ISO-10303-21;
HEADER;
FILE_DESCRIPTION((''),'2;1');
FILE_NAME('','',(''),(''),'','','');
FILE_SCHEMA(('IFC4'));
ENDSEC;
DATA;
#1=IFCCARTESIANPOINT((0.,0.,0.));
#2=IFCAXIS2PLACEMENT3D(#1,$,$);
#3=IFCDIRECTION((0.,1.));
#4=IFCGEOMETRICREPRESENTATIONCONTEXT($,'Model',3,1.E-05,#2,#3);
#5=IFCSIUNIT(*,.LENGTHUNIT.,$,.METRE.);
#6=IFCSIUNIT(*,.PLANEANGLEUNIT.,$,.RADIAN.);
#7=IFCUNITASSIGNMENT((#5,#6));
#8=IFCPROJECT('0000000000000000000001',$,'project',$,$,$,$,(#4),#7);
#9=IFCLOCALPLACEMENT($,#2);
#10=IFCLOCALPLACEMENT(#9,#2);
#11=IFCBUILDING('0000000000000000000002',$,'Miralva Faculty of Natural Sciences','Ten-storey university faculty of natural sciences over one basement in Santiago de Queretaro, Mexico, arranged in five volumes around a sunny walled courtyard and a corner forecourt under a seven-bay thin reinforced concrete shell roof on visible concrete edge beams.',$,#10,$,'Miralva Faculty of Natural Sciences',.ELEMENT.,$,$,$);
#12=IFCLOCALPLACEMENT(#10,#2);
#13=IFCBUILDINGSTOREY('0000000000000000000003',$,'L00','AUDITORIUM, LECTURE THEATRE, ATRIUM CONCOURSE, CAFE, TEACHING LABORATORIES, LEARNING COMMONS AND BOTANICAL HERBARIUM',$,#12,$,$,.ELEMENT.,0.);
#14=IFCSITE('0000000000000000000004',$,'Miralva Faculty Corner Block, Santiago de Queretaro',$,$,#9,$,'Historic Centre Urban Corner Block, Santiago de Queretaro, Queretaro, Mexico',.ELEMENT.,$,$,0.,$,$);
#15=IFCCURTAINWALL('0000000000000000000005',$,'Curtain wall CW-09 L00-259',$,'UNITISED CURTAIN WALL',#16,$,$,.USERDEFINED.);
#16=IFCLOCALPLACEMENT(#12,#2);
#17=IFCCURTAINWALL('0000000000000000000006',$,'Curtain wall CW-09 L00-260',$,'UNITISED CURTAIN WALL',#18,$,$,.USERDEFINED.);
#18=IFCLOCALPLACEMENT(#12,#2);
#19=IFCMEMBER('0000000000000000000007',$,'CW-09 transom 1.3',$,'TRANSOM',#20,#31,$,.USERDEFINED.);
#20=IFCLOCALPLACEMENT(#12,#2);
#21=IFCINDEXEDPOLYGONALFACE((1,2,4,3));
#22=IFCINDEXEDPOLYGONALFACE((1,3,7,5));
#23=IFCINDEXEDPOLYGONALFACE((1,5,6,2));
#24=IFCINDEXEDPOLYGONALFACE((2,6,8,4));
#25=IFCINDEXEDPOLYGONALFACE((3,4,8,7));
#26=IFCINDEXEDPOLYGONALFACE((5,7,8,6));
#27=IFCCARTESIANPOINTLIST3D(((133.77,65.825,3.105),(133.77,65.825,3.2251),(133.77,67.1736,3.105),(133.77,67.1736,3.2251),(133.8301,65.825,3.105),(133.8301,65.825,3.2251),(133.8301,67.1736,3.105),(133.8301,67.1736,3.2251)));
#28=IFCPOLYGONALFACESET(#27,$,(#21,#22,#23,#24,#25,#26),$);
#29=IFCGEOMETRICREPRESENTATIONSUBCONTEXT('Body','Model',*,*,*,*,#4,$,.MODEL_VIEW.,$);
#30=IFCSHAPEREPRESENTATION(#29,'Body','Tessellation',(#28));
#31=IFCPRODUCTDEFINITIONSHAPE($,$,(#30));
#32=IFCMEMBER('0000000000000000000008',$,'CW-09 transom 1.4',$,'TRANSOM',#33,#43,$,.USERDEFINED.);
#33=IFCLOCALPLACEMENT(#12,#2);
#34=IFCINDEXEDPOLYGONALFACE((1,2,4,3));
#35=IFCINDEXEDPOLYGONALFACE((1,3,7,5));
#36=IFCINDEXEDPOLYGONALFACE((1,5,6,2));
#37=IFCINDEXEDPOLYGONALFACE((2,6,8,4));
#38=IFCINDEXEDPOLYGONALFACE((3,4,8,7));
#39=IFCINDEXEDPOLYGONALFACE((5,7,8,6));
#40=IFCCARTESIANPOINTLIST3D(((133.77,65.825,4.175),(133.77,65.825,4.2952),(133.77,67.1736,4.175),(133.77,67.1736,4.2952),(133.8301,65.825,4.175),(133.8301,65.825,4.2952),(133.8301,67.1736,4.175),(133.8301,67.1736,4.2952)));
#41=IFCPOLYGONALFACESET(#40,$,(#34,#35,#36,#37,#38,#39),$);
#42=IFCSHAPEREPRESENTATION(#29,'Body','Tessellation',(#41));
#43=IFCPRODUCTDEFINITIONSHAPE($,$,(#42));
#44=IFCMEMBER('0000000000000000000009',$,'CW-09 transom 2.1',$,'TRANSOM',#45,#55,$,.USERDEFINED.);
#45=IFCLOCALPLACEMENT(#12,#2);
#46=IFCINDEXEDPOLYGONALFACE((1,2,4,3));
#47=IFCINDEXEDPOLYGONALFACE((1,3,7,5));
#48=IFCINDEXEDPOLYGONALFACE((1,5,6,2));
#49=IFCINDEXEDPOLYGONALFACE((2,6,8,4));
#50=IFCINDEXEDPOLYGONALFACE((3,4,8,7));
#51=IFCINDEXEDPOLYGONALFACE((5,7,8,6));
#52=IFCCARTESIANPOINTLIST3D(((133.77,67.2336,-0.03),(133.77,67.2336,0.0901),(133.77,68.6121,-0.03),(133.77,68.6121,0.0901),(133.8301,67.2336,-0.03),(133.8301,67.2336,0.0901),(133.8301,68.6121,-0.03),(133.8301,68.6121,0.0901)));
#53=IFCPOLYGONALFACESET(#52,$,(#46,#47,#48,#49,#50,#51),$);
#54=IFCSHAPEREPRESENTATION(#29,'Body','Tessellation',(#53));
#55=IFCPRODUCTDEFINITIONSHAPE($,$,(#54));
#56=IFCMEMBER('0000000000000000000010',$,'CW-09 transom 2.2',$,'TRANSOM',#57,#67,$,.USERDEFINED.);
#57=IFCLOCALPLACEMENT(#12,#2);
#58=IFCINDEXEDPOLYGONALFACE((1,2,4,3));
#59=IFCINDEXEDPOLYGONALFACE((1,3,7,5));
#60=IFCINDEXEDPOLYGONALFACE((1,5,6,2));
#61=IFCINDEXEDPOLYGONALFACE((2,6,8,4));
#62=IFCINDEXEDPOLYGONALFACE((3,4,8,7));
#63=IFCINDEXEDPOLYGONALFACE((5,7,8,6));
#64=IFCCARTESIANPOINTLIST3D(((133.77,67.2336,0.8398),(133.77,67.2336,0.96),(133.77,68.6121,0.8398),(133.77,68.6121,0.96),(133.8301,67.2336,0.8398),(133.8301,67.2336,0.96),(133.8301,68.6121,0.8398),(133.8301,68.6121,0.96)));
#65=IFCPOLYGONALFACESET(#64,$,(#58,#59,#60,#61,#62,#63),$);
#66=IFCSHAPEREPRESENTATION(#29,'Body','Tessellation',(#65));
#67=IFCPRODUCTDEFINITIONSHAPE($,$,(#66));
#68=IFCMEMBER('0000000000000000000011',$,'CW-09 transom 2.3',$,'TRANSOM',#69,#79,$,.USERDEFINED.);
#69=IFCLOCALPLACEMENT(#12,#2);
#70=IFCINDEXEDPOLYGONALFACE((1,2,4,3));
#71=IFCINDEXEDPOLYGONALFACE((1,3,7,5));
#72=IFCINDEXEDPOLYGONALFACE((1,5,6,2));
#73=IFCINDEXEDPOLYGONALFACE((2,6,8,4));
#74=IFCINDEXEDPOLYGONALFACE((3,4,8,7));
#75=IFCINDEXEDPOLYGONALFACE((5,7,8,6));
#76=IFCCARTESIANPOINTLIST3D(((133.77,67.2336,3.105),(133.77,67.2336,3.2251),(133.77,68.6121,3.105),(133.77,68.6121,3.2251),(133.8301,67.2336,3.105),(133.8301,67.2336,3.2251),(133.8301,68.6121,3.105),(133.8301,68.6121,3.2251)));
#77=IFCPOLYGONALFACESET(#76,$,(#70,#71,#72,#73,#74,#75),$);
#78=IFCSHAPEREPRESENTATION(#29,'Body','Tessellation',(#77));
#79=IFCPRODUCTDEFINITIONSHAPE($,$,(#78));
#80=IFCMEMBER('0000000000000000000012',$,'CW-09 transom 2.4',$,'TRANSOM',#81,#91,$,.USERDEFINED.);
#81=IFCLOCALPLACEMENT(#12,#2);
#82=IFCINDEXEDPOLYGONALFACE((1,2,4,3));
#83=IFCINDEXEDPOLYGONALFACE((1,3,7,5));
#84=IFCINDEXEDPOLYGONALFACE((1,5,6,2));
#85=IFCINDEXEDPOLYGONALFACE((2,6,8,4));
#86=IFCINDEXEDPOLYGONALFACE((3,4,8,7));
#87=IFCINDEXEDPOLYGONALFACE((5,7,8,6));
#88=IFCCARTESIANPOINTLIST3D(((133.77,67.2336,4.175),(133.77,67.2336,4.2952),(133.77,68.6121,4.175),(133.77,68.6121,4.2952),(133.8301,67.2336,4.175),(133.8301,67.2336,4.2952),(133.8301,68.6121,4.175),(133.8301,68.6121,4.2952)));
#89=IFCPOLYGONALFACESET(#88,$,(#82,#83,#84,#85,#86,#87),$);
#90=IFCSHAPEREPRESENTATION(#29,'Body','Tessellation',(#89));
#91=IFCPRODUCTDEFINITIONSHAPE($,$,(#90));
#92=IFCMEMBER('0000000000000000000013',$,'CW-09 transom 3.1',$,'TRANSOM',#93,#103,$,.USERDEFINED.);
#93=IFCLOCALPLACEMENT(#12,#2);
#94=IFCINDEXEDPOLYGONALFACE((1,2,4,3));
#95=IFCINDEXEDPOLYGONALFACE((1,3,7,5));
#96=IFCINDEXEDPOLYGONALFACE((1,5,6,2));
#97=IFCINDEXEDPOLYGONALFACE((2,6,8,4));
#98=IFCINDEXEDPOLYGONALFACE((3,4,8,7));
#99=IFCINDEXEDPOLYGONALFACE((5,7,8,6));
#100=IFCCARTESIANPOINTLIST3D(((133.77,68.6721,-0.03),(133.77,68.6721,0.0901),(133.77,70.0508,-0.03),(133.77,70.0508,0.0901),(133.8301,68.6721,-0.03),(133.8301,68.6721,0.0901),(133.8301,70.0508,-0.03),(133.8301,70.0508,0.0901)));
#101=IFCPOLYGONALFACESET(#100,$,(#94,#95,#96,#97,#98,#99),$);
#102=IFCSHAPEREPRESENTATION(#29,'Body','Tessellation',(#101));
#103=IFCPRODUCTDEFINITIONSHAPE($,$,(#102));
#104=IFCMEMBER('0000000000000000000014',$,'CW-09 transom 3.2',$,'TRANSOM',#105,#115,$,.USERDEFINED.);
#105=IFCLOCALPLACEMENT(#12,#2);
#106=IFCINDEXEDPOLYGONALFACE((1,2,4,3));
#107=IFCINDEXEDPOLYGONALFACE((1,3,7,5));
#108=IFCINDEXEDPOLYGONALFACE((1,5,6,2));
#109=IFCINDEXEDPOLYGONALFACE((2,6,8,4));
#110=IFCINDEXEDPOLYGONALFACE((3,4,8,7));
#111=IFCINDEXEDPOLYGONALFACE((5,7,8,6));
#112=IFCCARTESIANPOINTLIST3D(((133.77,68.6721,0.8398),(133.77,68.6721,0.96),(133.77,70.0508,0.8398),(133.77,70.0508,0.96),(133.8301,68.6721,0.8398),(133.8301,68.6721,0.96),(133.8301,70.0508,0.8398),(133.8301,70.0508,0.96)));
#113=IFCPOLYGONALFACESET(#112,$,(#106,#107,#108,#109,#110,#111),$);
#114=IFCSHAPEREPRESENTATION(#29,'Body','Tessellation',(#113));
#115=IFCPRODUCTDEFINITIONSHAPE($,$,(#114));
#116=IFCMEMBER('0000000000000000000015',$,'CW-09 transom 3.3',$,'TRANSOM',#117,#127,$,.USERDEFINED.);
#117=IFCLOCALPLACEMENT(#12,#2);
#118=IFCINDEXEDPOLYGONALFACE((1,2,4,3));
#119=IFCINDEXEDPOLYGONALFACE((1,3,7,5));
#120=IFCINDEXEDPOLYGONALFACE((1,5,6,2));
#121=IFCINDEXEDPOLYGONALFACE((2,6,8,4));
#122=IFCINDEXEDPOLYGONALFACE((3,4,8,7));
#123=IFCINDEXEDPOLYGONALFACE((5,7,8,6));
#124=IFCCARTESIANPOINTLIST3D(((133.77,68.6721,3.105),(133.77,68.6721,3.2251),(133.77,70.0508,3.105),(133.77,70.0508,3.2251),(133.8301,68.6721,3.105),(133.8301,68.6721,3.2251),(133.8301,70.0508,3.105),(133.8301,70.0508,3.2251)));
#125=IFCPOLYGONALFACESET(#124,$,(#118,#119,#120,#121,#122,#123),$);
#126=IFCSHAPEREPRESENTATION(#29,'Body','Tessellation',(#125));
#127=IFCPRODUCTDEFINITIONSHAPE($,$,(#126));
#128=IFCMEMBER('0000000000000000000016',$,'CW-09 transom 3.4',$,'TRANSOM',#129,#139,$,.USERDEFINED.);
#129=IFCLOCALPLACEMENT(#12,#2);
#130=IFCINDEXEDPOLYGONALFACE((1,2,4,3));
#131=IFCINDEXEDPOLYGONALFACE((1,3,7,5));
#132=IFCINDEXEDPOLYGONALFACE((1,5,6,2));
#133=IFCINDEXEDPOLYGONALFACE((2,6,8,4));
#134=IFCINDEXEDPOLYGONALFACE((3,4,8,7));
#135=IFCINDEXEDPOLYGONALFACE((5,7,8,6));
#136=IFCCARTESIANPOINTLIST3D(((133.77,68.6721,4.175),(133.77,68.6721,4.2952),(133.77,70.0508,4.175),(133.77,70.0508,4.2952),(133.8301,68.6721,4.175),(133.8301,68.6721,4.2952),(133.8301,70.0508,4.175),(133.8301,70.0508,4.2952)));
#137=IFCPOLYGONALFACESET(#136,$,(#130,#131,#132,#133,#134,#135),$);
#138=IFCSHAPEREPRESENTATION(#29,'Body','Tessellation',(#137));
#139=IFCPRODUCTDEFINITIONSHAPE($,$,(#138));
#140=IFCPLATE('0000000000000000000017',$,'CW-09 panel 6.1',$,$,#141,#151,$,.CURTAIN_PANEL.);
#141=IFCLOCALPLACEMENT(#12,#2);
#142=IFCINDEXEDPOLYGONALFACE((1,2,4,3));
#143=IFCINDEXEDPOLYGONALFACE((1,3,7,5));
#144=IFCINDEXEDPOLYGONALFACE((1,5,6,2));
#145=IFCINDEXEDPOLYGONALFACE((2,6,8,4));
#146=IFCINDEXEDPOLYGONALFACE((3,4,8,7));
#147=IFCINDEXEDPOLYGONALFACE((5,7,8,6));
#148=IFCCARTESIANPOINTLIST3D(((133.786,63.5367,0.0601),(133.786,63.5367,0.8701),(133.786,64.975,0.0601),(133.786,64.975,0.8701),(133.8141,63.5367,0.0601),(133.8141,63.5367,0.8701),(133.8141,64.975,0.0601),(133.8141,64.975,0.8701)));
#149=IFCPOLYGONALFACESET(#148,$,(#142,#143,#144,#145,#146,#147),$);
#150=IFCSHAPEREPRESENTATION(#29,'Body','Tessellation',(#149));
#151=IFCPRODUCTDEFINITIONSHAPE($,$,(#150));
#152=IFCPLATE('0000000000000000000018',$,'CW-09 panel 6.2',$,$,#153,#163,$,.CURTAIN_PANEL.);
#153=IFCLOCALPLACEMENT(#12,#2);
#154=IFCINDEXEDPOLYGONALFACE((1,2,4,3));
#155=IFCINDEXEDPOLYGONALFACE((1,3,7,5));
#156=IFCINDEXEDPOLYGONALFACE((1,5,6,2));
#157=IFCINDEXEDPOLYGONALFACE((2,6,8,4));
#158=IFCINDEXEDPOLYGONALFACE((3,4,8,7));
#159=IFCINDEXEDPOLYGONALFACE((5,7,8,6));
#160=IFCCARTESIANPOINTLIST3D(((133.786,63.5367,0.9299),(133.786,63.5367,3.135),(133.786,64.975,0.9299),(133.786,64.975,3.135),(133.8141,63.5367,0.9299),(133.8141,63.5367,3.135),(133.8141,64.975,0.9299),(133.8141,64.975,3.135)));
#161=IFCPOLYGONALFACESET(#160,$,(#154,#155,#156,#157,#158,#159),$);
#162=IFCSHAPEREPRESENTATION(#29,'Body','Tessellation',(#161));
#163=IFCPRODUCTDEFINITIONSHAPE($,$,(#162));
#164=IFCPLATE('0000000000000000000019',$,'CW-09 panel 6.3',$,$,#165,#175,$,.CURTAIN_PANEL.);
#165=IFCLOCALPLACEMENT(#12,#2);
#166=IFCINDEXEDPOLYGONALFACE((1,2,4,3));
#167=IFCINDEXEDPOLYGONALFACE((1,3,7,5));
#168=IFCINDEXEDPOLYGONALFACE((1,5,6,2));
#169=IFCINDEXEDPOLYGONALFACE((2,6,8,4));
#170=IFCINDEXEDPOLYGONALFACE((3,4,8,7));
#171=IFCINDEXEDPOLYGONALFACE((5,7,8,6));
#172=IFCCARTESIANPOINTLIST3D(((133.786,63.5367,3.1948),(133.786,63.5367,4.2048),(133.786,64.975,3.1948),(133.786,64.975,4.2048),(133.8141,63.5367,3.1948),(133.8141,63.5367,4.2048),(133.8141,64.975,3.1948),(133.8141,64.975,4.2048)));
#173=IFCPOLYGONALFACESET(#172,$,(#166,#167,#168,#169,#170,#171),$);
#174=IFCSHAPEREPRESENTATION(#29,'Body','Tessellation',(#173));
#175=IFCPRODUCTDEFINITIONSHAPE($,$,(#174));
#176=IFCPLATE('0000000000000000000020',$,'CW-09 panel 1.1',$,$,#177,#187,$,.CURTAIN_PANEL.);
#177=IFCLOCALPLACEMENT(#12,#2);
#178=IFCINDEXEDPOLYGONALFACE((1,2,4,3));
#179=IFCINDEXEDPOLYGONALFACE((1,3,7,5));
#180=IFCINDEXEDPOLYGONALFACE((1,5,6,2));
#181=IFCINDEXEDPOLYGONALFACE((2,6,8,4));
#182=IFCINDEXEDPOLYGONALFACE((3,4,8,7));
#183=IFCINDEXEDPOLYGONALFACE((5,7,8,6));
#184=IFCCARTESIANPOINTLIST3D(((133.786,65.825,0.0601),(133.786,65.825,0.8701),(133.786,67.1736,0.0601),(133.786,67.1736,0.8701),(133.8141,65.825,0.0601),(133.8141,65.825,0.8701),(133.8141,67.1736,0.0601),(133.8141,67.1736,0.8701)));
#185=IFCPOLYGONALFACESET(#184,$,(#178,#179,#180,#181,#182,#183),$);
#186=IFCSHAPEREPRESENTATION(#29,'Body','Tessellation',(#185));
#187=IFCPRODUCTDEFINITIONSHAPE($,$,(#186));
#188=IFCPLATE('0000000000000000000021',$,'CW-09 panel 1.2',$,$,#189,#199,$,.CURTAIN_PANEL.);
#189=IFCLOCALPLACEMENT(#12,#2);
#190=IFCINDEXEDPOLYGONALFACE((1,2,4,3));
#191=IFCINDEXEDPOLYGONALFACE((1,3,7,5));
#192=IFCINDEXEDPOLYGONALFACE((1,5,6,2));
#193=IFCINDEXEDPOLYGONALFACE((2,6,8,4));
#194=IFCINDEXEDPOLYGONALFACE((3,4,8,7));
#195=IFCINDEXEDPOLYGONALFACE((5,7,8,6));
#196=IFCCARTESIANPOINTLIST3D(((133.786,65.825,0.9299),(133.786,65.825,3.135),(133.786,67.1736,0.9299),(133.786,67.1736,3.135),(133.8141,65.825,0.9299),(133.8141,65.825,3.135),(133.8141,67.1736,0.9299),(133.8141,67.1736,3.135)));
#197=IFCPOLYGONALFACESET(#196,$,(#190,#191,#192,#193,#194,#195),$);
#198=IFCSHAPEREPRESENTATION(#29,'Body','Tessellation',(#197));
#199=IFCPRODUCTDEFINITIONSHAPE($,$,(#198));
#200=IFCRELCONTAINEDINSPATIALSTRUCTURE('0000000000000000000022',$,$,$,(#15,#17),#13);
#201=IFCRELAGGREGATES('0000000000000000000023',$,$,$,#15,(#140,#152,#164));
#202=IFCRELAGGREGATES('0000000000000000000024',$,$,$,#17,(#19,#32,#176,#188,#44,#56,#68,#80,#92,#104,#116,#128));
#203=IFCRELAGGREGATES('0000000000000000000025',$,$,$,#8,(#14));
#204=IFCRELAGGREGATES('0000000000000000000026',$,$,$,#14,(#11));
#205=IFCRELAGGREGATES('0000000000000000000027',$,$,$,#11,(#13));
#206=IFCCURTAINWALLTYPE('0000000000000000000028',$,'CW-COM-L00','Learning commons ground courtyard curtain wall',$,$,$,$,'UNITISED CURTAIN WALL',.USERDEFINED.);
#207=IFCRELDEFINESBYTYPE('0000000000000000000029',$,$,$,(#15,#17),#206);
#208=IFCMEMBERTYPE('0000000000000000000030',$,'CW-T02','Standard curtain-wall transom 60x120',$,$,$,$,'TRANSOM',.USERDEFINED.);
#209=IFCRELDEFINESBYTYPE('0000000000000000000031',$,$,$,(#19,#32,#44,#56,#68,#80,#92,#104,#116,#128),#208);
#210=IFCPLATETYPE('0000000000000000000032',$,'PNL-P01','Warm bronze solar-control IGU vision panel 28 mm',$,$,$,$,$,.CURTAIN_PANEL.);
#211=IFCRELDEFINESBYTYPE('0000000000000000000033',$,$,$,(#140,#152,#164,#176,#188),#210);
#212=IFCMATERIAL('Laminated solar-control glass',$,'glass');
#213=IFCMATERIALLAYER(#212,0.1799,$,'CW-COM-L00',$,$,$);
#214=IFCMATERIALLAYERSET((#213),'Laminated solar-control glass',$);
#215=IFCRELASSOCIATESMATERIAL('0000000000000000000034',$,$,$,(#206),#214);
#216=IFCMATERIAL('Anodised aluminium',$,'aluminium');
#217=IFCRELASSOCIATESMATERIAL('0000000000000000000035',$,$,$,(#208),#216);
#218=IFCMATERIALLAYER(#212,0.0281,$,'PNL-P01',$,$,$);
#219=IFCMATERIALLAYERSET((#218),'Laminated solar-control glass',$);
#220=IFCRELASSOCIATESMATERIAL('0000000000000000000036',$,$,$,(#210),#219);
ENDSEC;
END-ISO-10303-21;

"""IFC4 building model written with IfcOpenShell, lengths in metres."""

from ifc_helpers import new_model, si_unit, direction, frame, origin, origin_2d, place, context, subcontext, project, spatial, rectangle, extrude, material, layer, layer_set, material_profile, profile_set, type_object, element, aggregate, save


model = new_model("IFC4")

# Units and contexts
model_context = context("Model", 3, precision=1e-05, world=origin(), true_north=direction((0.0, 1.0)))
body_context = subcontext(model_context, "Body", "Model", "MODEL_VIEW")
ifc_project = project(units=[si_unit("LENGTHUNIT", "METRE"), si_unit("PLANEANGLEUNIT", "RADIAN")], contexts=[model_context])

# Site, building, storey
site_placement = place(None, origin())
site = spatial("IfcSite", under=ifc_project, at=site_placement, Name="Miralva Faculty Corner Block, Santiago de Queretaro", LongName="Historic Centre Urban Corner Block, Santiago de Queretaro, Queretaro, Mexico", CompositionType="ELEMENT", RefElevation=0.0)
building_placement = place(site_placement, origin())
building = spatial("IfcBuilding", under=site, at=building_placement, Name="Miralva Faculty of Natural Sciences", Description="Ten-storey university faculty of natural sciences over one basement in Santiago de Queretaro, Mexico, arranged in five volumes around a sunny walled courtyard and a corner forecourt under a seven-bay thin reinforced concrete shell roof on visible concrete edge beams.", LongName="Miralva Faculty of Natural Sciences", CompositionType="ELEMENT")
storey_placement = place(building_placement, origin())
storey = spatial("IfcBuildingStorey", under=building, at=storey_placement, Name="L00", Description="AUDITORIUM, LECTURE THEATRE, ATRIUM CONCOURSE, CAFE, TEACHING LABORATORIES, LEARNING COMMONS AND BOTANICAL HERBARIUM", CompositionType="ELEMENT", Elevation=0.0)

# Curtain wall
ifc_material_1 = material(Name="Laminated solar-control glass", Category="glass")
ifc_layer_1 = layer(ifc_material_1, 0.1799, Name="CW-COM-L00")
ifc_layer_set_1 = layer_set([ifc_layer_1], Name="Laminated solar-control glass")
curtain_wall_type = type_object("IfcCurtainWallType", Name="CW-COM-L00", Description="Learning commons ground courtyard curtain wall", ElementType="UNITISED CURTAIN WALL", PredefinedType="USERDEFINED", material=ifc_layer_set_1)
curtain_wall_1_placement = place(storey_placement, origin())
curtain_wall_1 = element("IfcCurtainWall", 1, at=curtain_wall_1_placement, inside=storey, type_object=curtain_wall_type, Name="Curtain wall CW-09 L00-259", ObjectType="UNITISED CURTAIN WALL", PredefinedType="USERDEFINED")
ifc_material_2 = material(Name="Anodised aluminium", Category="aluminium")

# Curtain wall
curtain_wall_2_placement = place(storey_placement, origin())
curtain_wall_2 = element("IfcCurtainWall", 2, at=curtain_wall_2_placement, inside=storey, type_object=curtain_wall_type, Name="Curtain wall CW-09 L00-260", ObjectType="UNITISED CURTAIN WALL", PredefinedType="USERDEFINED")

# Members
ifc_material_profile_1 = material_profile(ifc_material_2, rectangle(XDim=0.0601, YDim=0.1201, at=origin_2d()), Name="TRANSOM 60x120")
ifc_profile_set_1 = profile_set([ifc_material_profile_1], Name="Anodised aluminium")
member_type_1 = type_object("IfcMemberType", Name="CW-T02", Description="Standard curtain-wall transom 60x120", ElementType="TRANSOM", PredefinedType="USERDEFINED", material=ifc_profile_set_1)
member_1_placement = place(storey_placement, frame((133.8, 65.825, 3.165), z_axis=(0.0, 1.0, 0.0), x_axis=(-1.0, 0.0, 0.0)))
member_1 = element("IfcMember", 3, at=member_1_placement, type_object=member_type_1, Name="CW-09 transom 1.3", ObjectType="TRANSOM", PredefinedType="USERDEFINED", context=body_context, shape_type="SweptSolid", body=[
    extrude(rectangle(XDim=0.0601, YDim=0.1201, at=origin_2d()), origin(), (0.0, 0.0, 1.0), 1.3486),
])
member_2_placement = place(storey_placement, frame((133.8, 65.825, 4.2351), z_axis=(0.0, 1.0, 0.0), x_axis=(-1.0, 0.0, 0.0)))
member_2 = element("IfcMember", 4, at=member_2_placement, type_object=member_type_1, Name="CW-09 transom 1.4", ObjectType="TRANSOM", PredefinedType="USERDEFINED", context=body_context, shape_type="SweptSolid", body=[
    extrude(rectangle(XDim=0.0601, YDim=0.1201, at=origin_2d()), origin(), (0.0, 0.0, 1.0), 1.3486),
])
member_3_placement = place(storey_placement, frame((133.8, 67.2336, 0.03), z_axis=(0.0, 1.0, 0.0), x_axis=(-1.0, 0.0, 0.0)))
member_3 = element("IfcMember", 5, at=member_3_placement, type_object=member_type_1, Name="CW-09 transom 2.1", ObjectType="TRANSOM", PredefinedType="USERDEFINED", context=body_context, shape_type="SweptSolid", body=[
    extrude(rectangle(XDim=0.0601, YDim=0.1201, at=origin_2d()), origin(), (0.0, 0.0, 1.0), 1.3784),
])
member_4_placement = place(storey_placement, frame((133.8, 67.2336, 0.8999), z_axis=(0.0, 1.0, 0.0), x_axis=(-1.0, 0.0, 0.0)))
member_4 = element("IfcMember", 6, at=member_4_placement, type_object=member_type_1, Name="CW-09 transom 2.2", ObjectType="TRANSOM", PredefinedType="USERDEFINED", context=body_context, shape_type="SweptSolid", body=[
    extrude(rectangle(XDim=0.0601, YDim=0.1201, at=origin_2d()), origin(), (0.0, 0.0, 1.0), 1.3784),
])
member_5_placement = place(storey_placement, frame((133.8, 67.2336, 3.165), z_axis=(0.0, 1.0, 0.0), x_axis=(-1.0, 0.0, 0.0)))
member_5 = element("IfcMember", 7, at=member_5_placement, type_object=member_type_1, Name="CW-09 transom 2.3", ObjectType="TRANSOM", PredefinedType="USERDEFINED", context=body_context, shape_type="SweptSolid", body=[
    extrude(rectangle(XDim=0.0601, YDim=0.1201, at=origin_2d()), origin(), (0.0, 0.0, 1.0), 1.3784),
])
member_6_placement = place(storey_placement, frame((133.8, 67.2336, 4.2351), z_axis=(0.0, 1.0, 0.0), x_axis=(-1.0, 0.0, 0.0)))
member_6 = element("IfcMember", 8, at=member_6_placement, type_object=member_type_1, Name="CW-09 transom 2.4", ObjectType="TRANSOM", PredefinedType="USERDEFINED", context=body_context, shape_type="SweptSolid", body=[
    extrude(rectangle(XDim=0.0601, YDim=0.1201, at=origin_2d()), origin(), (0.0, 0.0, 1.0), 1.3784),
])
member_7_placement = place(storey_placement, frame((133.8, 68.6721, 0.03), z_axis=(0.0, 1.0, 0.0), x_axis=(-1.0, 0.0, 0.0)))
member_7 = element("IfcMember", 9, at=member_7_placement, type_object=member_type_1, Name="CW-09 transom 3.1", ObjectType="TRANSOM", PredefinedType="USERDEFINED", context=body_context, shape_type="SweptSolid", body=[
    extrude(rectangle(XDim=0.0601, YDim=0.1201, at=origin_2d()), origin(), (0.0, 0.0, 1.0), 1.3787),
])
member_8_placement = place(storey_placement, frame((133.8, 68.6721, 0.8999), z_axis=(0.0, 1.0, 0.0), x_axis=(-1.0, 0.0, 0.0)))
member_8 = element("IfcMember", 10, at=member_8_placement, type_object=member_type_1, Name="CW-09 transom 3.2", ObjectType="TRANSOM", PredefinedType="USERDEFINED", context=body_context, shape_type="SweptSolid", body=[
    extrude(rectangle(XDim=0.0601, YDim=0.1201, at=origin_2d()), origin(), (0.0, 0.0, 1.0), 1.3787),
])
member_9_placement = place(storey_placement, frame((133.8, 68.6721, 3.165), z_axis=(0.0, 1.0, 0.0), x_axis=(-1.0, 0.0, 0.0)))
member_9 = element("IfcMember", 11, at=member_9_placement, type_object=member_type_1, Name="CW-09 transom 3.3", ObjectType="TRANSOM", PredefinedType="USERDEFINED", context=body_context, shape_type="SweptSolid", body=[
    extrude(rectangle(XDim=0.0601, YDim=0.1201, at=origin_2d()), origin(), (0.0, 0.0, 1.0), 1.3787),
])
member_10_placement = place(storey_placement, frame((133.8, 68.6721, 4.2351), z_axis=(0.0, 1.0, 0.0), x_axis=(-1.0, 0.0, 0.0)))
member_10 = element("IfcMember", 12, at=member_10_placement, type_object=member_type_1, Name="CW-09 transom 3.4", ObjectType="TRANSOM", PredefinedType="USERDEFINED", context=body_context, shape_type="SweptSolid", body=[
    extrude(rectangle(XDim=0.0601, YDim=0.1201, at=origin_2d()), origin(), (0.0, 0.0, 1.0), 1.3787),
])

# Plates
ifc_layer_2 = layer(ifc_material_1, 0.0281, Name="PNL-P01")
ifc_layer_set_2 = layer_set([ifc_layer_2], Name="Laminated solar-control glass")
plate_type = type_object("IfcPlateType", Name="PNL-P01", Description="Warm bronze solar-control IGU vision panel 28 mm", PredefinedType="CURTAIN_PANEL", material=ifc_layer_set_2)
plate_1_placement = place(storey_placement, frame((133.8, 64.2559, 0.0601), z_axis=(0.0, 0.0, 1.0), x_axis=(0.0, 1.0, 0.0)))
plate_1 = element("IfcPlate", 13, at=plate_1_placement, type_object=plate_type, Name="CW-09 panel 6.1", PredefinedType="CURTAIN_PANEL", context=body_context, shape_type="SweptSolid", body=[
    extrude(rectangle(XDim=1.4382, YDim=0.0281, at=origin_2d()), origin(), (0.0, 0.0, 1.0), 0.8101),
])
plate_2_placement = place(storey_placement, frame((133.8, 64.2559, 0.9299), z_axis=(0.0, 0.0, 1.0), x_axis=(0.0, 1.0, 0.0)))
plate_2 = element("IfcPlate", 14, at=plate_2_placement, type_object=plate_type, Name="CW-09 panel 6.2", PredefinedType="CURTAIN_PANEL", context=body_context, shape_type="SweptSolid", body=[
    extrude(rectangle(XDim=1.4382, YDim=0.0281, at=origin_2d()), origin(), (0.0, 0.0, 1.0), 2.2051),
])
plate_3_placement = place(storey_placement, frame((133.8, 64.2559, 3.1948), z_axis=(0.0, 0.0, 1.0), x_axis=(0.0, 1.0, 0.0)))
plate_3 = element("IfcPlate", 15, at=plate_3_placement, type_object=plate_type, Name="CW-09 panel 6.3", PredefinedType="CURTAIN_PANEL", context=body_context, shape_type="SweptSolid", body=[
    extrude(rectangle(XDim=1.4382, YDim=0.0281, at=origin_2d()), origin(), (0.0, 0.0, 1.0), 1.01),
])
aggregate(curtain_wall_1, [plate_1, plate_2, plate_3])
plate_4_placement = place(storey_placement, frame((133.8, 66.4993, 0.0601), z_axis=(0.0, 0.0, 1.0), x_axis=(0.0, 1.0, 0.0)))
plate_4 = element("IfcPlate", 16, at=plate_4_placement, type_object=plate_type, Name="CW-09 panel 1.1", PredefinedType="CURTAIN_PANEL", context=body_context, shape_type="SweptSolid", body=[
    extrude(rectangle(XDim=1.3486, YDim=0.0281, at=origin_2d()), origin(), (0.0, 0.0, 1.0), 0.8101),
])
plate_5_placement = place(storey_placement, frame((133.8, 66.4993, 0.9299), z_axis=(0.0, 0.0, 1.0), x_axis=(0.0, 1.0, 0.0)))
plate_5 = element("IfcPlate", 17, at=plate_5_placement, type_object=plate_type, Name="CW-09 panel 1.2", PredefinedType="CURTAIN_PANEL", context=body_context, shape_type="SweptSolid", body=[
    extrude(rectangle(XDim=1.3486, YDim=0.0281, at=origin_2d()), origin(), (0.0, 0.0, 1.0), 2.2051),
])
aggregate(curtain_wall_2, [member_1, member_2, plate_4, plate_5, member_3, member_4, member_5, member_6, member_7, member_8, member_9, member_10])

save(model, "model.ifc")
